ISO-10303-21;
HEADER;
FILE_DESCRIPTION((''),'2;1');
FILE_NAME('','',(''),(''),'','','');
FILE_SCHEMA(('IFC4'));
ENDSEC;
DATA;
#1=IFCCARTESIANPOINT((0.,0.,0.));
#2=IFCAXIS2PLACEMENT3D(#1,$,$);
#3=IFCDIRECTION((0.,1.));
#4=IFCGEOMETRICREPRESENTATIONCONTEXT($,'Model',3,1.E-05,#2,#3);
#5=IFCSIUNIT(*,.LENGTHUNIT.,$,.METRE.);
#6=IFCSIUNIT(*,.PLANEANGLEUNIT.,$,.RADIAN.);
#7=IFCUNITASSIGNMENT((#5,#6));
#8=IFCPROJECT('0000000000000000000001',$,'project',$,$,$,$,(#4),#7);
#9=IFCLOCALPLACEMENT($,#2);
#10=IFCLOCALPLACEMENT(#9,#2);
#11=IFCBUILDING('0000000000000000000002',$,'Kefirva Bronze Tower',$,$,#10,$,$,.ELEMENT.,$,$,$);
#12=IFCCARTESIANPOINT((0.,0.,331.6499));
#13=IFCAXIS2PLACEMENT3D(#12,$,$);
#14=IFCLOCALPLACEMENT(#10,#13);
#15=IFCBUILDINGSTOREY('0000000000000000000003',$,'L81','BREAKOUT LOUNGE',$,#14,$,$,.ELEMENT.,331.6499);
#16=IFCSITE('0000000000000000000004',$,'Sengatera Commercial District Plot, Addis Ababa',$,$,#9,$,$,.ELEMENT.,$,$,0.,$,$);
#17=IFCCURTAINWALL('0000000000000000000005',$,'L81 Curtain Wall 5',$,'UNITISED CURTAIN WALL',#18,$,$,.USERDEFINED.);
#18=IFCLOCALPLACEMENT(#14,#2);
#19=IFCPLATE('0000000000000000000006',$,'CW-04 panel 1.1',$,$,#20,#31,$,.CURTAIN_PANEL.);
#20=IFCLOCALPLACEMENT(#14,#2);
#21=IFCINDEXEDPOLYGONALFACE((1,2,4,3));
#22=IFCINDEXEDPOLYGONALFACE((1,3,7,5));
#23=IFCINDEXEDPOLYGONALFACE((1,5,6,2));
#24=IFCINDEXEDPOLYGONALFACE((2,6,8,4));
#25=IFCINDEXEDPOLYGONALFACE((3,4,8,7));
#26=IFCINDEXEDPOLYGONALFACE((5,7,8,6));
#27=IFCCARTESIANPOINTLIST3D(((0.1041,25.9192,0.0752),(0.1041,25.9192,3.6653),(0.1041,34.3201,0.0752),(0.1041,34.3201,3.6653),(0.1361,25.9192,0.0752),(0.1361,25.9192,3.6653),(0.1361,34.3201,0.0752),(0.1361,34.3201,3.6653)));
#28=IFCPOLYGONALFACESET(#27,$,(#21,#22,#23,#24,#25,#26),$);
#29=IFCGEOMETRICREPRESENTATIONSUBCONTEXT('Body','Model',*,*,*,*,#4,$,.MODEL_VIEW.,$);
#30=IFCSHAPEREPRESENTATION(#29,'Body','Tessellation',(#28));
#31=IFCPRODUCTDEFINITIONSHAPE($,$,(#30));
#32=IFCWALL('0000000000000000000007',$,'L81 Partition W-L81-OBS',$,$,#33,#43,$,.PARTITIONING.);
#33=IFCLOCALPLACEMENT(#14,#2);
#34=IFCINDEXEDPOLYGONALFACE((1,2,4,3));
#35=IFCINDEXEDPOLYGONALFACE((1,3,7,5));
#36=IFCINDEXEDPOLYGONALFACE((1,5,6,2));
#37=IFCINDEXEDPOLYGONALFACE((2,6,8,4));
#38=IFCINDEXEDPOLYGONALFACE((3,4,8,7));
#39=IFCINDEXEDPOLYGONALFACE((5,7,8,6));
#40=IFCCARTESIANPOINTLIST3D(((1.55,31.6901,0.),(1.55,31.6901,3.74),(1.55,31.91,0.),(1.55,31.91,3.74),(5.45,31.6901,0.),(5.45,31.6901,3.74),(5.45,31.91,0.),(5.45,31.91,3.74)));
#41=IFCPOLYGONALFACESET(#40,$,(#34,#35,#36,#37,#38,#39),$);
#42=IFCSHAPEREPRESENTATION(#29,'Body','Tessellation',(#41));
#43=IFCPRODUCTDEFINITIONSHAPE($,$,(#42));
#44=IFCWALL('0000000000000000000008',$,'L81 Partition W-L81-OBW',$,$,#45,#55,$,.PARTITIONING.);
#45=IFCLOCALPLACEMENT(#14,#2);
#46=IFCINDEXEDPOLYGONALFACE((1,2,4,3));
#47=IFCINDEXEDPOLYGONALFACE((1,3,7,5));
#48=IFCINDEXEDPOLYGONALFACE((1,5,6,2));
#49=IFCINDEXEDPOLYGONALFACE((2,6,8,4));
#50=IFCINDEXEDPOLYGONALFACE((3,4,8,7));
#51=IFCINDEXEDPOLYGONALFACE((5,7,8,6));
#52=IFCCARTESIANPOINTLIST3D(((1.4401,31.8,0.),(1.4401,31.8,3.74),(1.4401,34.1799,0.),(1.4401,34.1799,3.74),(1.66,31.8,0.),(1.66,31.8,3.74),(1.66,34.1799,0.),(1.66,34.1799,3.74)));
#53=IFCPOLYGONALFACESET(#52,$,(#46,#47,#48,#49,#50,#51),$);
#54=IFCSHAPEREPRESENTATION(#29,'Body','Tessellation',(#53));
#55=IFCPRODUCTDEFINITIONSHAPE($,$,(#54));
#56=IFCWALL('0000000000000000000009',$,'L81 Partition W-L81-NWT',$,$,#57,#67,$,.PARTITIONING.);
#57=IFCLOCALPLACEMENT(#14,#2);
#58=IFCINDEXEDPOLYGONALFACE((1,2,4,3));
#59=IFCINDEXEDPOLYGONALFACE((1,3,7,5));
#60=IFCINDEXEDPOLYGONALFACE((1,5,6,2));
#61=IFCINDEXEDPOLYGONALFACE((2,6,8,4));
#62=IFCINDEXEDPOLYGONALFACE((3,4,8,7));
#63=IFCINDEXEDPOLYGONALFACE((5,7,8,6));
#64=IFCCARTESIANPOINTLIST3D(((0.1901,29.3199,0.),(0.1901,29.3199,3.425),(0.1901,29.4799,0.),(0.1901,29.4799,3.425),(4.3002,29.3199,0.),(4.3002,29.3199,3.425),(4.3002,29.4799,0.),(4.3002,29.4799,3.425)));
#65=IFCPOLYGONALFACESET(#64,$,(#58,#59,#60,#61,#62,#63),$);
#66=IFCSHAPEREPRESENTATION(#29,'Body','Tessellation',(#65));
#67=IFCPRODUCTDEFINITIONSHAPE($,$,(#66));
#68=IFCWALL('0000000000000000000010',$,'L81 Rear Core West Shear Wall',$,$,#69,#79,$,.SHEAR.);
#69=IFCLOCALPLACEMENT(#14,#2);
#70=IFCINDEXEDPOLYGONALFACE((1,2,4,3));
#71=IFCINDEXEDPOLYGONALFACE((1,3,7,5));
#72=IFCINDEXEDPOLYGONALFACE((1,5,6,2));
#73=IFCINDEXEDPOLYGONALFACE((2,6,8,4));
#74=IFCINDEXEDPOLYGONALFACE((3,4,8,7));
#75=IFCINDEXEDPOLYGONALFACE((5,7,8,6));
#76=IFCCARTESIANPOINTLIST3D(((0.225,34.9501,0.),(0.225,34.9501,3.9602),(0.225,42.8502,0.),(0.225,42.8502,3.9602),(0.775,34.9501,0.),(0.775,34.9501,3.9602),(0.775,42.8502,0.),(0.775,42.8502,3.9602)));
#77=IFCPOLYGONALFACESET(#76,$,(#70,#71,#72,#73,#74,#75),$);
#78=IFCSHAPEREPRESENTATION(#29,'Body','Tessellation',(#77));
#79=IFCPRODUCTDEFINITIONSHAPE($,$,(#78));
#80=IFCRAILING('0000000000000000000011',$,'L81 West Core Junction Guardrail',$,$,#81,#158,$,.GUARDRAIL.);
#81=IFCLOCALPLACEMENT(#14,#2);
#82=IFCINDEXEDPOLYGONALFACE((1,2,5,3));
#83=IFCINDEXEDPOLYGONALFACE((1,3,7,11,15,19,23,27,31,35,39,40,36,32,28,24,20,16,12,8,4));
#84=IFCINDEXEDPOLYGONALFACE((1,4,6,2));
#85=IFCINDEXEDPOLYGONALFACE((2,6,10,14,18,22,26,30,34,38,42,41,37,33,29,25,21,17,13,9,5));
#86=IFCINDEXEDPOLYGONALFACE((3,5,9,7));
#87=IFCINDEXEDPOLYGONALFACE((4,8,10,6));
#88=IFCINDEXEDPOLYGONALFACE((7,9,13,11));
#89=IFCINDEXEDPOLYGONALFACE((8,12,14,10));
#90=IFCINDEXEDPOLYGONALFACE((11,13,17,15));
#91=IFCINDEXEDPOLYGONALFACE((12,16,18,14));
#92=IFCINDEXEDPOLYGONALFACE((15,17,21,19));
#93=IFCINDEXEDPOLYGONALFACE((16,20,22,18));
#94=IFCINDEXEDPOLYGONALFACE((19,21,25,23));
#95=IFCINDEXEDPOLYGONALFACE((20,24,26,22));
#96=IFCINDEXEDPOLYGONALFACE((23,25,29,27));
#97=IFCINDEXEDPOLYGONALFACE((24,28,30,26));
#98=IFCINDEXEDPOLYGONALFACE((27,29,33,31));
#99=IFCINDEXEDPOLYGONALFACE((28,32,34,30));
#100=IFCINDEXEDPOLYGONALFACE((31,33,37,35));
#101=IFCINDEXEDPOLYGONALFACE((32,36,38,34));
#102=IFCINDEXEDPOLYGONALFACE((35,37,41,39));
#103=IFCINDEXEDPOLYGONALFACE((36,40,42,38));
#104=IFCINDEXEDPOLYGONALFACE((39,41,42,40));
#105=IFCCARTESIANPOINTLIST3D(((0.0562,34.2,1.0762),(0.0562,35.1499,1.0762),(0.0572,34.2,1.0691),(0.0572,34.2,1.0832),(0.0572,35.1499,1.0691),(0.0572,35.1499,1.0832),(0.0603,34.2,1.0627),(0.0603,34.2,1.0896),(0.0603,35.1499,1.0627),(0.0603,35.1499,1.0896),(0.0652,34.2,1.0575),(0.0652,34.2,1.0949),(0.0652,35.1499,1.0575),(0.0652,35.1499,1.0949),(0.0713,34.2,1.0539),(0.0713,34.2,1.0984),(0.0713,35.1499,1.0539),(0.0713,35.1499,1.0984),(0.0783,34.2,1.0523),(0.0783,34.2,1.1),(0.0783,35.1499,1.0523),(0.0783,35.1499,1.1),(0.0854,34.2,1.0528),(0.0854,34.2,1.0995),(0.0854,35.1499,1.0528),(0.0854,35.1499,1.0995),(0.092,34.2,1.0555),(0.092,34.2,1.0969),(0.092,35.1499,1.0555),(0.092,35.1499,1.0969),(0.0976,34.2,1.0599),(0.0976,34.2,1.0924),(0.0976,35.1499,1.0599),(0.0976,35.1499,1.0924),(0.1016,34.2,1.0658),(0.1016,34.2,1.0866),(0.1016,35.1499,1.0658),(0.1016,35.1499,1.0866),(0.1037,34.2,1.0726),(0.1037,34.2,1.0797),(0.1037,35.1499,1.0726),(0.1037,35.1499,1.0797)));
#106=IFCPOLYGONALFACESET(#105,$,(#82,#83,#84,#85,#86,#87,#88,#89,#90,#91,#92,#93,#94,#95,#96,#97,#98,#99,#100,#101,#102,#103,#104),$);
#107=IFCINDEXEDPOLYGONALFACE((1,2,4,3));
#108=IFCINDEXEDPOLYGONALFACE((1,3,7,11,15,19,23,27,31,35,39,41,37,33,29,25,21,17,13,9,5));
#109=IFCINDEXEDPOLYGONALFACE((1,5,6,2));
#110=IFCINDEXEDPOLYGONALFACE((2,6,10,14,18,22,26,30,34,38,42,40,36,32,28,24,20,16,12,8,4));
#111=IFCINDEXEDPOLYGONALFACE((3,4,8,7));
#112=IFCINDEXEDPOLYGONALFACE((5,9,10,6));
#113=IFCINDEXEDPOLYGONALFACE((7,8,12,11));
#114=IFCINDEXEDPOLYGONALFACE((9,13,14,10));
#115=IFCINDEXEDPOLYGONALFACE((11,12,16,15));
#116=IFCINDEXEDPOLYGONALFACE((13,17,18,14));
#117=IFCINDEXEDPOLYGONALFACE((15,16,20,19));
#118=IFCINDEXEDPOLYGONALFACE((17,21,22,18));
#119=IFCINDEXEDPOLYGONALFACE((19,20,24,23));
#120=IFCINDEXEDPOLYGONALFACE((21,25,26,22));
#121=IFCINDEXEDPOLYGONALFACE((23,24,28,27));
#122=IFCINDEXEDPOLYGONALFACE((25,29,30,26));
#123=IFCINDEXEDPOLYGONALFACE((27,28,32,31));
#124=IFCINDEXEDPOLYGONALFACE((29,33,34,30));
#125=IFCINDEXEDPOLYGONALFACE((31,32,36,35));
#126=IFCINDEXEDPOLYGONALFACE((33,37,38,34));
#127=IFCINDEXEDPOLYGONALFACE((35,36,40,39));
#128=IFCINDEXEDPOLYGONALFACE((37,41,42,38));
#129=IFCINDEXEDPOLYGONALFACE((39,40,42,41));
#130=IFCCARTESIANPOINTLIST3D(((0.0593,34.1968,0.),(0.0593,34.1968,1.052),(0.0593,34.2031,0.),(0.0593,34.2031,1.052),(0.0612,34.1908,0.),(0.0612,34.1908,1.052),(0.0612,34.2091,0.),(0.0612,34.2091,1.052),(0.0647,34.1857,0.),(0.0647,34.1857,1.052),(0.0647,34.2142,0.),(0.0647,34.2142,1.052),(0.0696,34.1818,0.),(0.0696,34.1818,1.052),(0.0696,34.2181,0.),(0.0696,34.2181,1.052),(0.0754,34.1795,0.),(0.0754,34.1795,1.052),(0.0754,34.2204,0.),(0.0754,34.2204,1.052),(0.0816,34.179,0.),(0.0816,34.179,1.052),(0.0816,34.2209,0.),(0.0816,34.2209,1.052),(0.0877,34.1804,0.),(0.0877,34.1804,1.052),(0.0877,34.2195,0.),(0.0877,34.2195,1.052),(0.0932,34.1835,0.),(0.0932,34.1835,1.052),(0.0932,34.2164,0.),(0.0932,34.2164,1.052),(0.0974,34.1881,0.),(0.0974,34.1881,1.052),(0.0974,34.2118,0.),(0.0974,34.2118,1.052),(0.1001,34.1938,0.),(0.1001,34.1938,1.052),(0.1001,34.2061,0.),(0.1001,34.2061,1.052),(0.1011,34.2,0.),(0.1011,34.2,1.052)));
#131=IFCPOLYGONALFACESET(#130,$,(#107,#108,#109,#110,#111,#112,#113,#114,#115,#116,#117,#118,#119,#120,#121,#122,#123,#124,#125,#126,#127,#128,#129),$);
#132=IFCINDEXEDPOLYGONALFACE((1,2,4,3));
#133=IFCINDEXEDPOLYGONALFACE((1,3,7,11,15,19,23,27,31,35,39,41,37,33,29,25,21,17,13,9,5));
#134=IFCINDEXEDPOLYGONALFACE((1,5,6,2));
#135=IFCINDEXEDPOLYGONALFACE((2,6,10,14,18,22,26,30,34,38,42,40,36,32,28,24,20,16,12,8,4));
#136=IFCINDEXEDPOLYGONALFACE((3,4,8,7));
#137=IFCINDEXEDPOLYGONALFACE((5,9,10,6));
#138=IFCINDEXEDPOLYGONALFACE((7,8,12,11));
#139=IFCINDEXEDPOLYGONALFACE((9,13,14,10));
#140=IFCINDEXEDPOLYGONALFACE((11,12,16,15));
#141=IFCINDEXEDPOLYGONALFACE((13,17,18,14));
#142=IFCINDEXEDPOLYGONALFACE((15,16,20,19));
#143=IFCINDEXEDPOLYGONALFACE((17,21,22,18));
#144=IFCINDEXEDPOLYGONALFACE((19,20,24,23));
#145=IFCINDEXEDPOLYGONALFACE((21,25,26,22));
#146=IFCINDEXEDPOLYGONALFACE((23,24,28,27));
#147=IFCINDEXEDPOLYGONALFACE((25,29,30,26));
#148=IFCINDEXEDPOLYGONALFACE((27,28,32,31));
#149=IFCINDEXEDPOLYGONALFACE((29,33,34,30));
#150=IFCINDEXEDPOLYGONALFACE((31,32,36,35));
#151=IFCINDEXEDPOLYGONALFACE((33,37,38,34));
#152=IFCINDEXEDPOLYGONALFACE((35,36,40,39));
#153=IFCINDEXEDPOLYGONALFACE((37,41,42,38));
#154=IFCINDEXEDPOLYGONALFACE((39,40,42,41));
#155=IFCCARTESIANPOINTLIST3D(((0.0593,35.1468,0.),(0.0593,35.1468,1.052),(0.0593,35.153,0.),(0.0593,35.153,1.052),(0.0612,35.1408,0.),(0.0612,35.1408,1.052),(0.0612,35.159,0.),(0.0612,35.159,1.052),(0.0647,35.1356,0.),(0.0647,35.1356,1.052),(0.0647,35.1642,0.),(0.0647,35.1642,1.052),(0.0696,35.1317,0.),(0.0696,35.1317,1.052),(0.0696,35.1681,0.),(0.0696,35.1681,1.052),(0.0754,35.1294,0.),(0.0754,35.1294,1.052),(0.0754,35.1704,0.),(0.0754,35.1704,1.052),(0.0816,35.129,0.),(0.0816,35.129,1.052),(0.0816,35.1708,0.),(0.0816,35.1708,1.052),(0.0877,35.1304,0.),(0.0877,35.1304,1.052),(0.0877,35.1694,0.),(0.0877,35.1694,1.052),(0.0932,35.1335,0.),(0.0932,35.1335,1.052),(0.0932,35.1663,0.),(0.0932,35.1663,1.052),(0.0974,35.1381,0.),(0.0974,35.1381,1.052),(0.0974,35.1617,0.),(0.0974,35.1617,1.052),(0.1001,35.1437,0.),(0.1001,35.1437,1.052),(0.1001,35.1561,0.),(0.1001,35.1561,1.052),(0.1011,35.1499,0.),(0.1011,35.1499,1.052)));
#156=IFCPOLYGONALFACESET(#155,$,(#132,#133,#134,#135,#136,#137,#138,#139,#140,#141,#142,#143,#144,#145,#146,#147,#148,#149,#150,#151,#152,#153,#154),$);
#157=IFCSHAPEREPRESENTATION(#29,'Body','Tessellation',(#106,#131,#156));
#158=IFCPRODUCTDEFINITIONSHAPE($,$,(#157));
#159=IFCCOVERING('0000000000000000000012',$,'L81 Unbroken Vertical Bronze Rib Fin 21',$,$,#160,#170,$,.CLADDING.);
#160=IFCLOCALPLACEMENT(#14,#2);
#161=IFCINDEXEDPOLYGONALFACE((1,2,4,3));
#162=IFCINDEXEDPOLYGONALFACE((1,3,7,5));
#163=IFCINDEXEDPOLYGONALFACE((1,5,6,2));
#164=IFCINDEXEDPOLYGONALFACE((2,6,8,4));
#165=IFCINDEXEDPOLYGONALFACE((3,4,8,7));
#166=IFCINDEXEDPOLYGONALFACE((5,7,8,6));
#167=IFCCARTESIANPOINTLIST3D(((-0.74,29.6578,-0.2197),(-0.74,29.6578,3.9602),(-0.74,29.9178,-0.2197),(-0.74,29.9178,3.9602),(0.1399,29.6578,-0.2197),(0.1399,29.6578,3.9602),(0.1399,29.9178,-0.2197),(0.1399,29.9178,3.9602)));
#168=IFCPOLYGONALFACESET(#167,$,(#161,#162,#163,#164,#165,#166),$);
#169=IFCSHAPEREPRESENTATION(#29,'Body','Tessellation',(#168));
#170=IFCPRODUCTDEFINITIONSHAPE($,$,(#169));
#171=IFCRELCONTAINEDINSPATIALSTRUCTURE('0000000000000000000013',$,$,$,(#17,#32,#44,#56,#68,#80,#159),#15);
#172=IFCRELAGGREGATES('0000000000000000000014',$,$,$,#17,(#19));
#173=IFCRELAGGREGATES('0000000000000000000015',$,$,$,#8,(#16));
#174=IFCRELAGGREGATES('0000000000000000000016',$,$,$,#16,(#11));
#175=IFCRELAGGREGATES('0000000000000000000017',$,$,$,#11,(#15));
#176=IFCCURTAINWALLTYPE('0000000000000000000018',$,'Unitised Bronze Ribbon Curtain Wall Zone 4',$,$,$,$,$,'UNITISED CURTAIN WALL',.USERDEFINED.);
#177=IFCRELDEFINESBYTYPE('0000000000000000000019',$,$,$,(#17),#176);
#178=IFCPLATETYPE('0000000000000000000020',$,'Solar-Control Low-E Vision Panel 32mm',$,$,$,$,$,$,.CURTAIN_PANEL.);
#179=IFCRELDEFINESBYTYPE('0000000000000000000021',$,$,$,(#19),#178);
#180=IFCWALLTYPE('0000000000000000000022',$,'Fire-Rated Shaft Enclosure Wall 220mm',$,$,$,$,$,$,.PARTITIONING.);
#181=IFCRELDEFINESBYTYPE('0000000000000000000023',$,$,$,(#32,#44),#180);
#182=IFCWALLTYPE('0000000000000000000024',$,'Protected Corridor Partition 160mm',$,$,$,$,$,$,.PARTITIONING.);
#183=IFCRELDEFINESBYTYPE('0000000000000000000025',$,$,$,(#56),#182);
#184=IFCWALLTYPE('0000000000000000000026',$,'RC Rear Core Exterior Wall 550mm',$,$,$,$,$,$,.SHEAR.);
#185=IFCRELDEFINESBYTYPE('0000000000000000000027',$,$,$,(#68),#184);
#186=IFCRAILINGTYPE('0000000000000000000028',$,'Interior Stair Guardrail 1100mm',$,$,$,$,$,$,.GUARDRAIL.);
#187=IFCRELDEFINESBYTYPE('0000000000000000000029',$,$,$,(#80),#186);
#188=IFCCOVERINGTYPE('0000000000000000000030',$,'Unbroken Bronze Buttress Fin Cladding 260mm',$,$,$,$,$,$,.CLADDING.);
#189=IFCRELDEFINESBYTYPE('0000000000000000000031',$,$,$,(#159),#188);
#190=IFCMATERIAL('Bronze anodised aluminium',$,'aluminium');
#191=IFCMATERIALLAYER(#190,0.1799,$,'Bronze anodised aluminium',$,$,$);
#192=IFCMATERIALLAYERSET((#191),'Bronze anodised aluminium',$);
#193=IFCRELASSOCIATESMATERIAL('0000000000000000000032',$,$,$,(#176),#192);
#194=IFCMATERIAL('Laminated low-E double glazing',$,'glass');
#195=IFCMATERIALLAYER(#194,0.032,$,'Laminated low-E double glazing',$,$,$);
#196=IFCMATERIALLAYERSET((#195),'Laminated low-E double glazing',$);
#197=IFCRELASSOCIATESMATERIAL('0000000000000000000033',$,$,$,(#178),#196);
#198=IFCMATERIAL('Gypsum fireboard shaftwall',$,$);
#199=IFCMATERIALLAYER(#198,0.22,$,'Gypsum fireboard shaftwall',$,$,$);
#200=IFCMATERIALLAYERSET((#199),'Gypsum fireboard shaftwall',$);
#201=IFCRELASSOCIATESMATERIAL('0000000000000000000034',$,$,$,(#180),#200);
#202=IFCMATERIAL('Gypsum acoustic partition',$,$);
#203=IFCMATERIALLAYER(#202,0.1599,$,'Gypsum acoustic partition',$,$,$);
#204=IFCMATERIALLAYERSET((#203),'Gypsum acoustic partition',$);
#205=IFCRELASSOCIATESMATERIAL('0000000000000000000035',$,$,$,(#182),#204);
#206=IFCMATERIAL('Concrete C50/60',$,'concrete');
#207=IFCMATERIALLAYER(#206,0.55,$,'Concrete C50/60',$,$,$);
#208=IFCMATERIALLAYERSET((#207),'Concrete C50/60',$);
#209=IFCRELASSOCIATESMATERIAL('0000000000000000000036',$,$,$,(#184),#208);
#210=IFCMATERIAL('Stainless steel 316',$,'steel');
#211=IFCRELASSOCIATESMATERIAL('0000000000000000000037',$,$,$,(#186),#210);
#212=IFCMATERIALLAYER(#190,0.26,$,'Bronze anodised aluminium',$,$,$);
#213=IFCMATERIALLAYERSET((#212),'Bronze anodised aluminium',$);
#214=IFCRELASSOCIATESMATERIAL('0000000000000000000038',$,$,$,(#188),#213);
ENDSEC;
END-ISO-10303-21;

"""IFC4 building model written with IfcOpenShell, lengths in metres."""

from ifc_helpers import new_model, si_unit, direction, frame, frame_2d, origin, origin_2d, place, context, subcontext, project, spatial, rectangle, circle, extrude, material, layer, layer_set, type_object, element, aggregate, save


model = new_model("IFC4")

# Units and contexts
model_context = context("Model", 3, precision=1e-05, world=origin(), true_north=direction((0.0, 1.0)))
body_context = subcontext(model_context, "Body", "Model", "MODEL_VIEW")
ifc_project = project(units=[si_unit("LENGTHUNIT", "METRE"), si_unit("PLANEANGLEUNIT", "RADIAN")], contexts=[model_context])

# Site, building, storey
site_placement = place(None, origin())
site = spatial("IfcSite", under=ifc_project, at=site_placement, Name="Sengatera Commercial District Plot, Addis Ababa", CompositionType="ELEMENT", RefElevation=0.0)
building_placement = place(site_placement, origin())
building = spatial("IfcBuilding", under=site, at=building_placement, Name="Kefirva Bronze Tower", CompositionType="ELEMENT")
storey_placement = place(building_placement, frame((0.0, 0.0, 331.6499)))
storey = spatial("IfcBuildingStorey", under=building, at=storey_placement, Name="L81", Description="BREAKOUT LOUNGE", CompositionType="ELEMENT", Elevation=331.6499)

# Shared definitions
ifc_material_1 = material(Name="Concrete C50/60", Category="concrete")

# Curtain wall
ifc_material_2 = material(Name="Bronze anodised aluminium", Category="aluminium")
ifc_layer_1 = layer(ifc_material_2, 0.1799, Name="Bronze anodised aluminium")
ifc_layer_set_1 = layer_set([ifc_layer_1], Name="Bronze anodised aluminium")
curtain_wall_type = type_object("IfcCurtainWallType", Name="Unitised Bronze Ribbon Curtain Wall Zone 4", ElementType="UNITISED CURTAIN WALL", PredefinedType="USERDEFINED", material=ifc_layer_set_1)
curtain_wall_placement = place(storey_placement, origin())
curtain_wall = element("IfcCurtainWall", 1, at=curtain_wall_placement, inside=storey, type_object=curtain_wall_type, Name="L81 Curtain Wall 5", ObjectType="UNITISED CURTAIN WALL", PredefinedType="USERDEFINED")

# Plate
ifc_material_3 = material(Name="Laminated low-E double glazing", Category="glass")
ifc_layer_2 = layer(ifc_material_3, 0.032, Name="Laminated low-E double glazing")
ifc_layer_set_2 = layer_set([ifc_layer_2], Name="Laminated low-E double glazing")
plate_type = type_object("IfcPlateType", Name="Solar-Control Low-E Vision Panel 32mm", PredefinedType="CURTAIN_PANEL", material=ifc_layer_set_2)
plate_placement = place(storey_placement, frame((0.1201, 30.1196, 0.0752), z_axis=(0.0, 0.0, 1.0), x_axis=(0.0, -1.0, 0.0)))
plate = element("IfcPlate", 2, at=plate_placement, type_object=plate_type, Name="CW-04 panel 1.1", PredefinedType="CURTAIN_PANEL", context=body_context, shape_type="SweptSolid", body=[
    extrude(rectangle(XDim=8.4009, YDim=0.032, at=origin_2d()), origin(), (0.0, 0.0, 1.0), 3.5901),
])
aggregate(curtain_wall, [plate])

# Walls
ifc_material_4 = material(Name="Gypsum fireboard shaftwall")
ifc_layer_3 = layer(ifc_material_4, 0.22, Name="Gypsum fireboard shaftwall")
ifc_layer_set_3 = layer_set([ifc_layer_3], Name="Gypsum fireboard shaftwall")
wall_type_1 = type_object("IfcWallType", Name="Fire-Rated Shaft Enclosure Wall 220mm", PredefinedType="PARTITIONING", material=ifc_layer_set_3)
wall_1_placement = place(storey_placement, frame((1.55, 31.8, 0.0), z_axis=(0.0, 0.0, 1.0), x_axis=(1.0, 0.0, 0.0)))
element("IfcWall", 3, at=wall_1_placement, inside=storey, type_object=wall_type_1, Name="L81 Partition W-L81-OBS", PredefinedType="PARTITIONING", context=body_context, shape_type="SweptSolid", body=[
    extrude(rectangle(XDim=3.8999, YDim=0.22, at=frame_2d((1.95, 0.0))), origin(), (0.0, 0.0, 1.0), 3.74),
])
wall_2_placement = place(storey_placement, frame((1.55, 31.8, 0.0), z_axis=(0.0, 0.0, 1.0), x_axis=(0.0, 1.0, 0.0)))
element("IfcWall", 4, at=wall_2_placement, inside=storey, type_object=wall_type_1, Name="L81 Partition W-L81-OBW", PredefinedType="PARTITIONING", context=body_context, shape_type="SweptSolid", body=[
    extrude(rectangle(XDim=2.3799, YDim=0.22, at=frame_2d((1.1899, 0.0))), origin(), (0.0, 0.0, 1.0), 3.74),
])
ifc_material_5 = material(Name="Gypsum acoustic partition")
ifc_layer_4 = layer(ifc_material_5, 0.1599, Name="Gypsum acoustic partition")
ifc_layer_set_4 = layer_set([ifc_layer_4], Name="Gypsum acoustic partition")
wall_type_2 = type_object("IfcWallType", Name="Protected Corridor Partition 160mm", PredefinedType="PARTITIONING", material=ifc_layer_set_4)
wall_3_placement = place(storey_placement, frame((0.1899, 29.3999, 0.0), z_axis=(0.0, 0.0, 1.0), x_axis=(1.0, 0.0, 0.0)))
element("IfcWall", 5, at=wall_3_placement, inside=storey, type_object=wall_type_2, Name="L81 Partition W-L81-NWT", PredefinedType="PARTITIONING", context=body_context, shape_type="SweptSolid", body=[
    extrude(rectangle(XDim=4.1101, YDim=0.1599, at=frame_2d((2.0552, 0.0))), origin(), (0.0, 0.0, 1.0), 3.425),
])
ifc_layer_5 = layer(ifc_material_1, 0.55, Name="Concrete C50/60")
ifc_layer_set_5 = layer_set([ifc_layer_5], Name="Concrete C50/60")
wall_type_3 = type_object("IfcWallType", Name="RC Rear Core Exterior Wall 550mm", PredefinedType="SHEAR", material=ifc_layer_set_5)
wall_4_placement = place(storey_placement, frame((0.5, 34.95, 0.0), z_axis=(0.0, 0.0, 1.0), x_axis=(0.0, 1.0, 0.0)))
element("IfcWall", 6, at=wall_4_placement, inside=storey, type_object=wall_type_3, Name="L81 Rear Core West Shear Wall", PredefinedType="SHEAR", context=body_context, shape_type="SweptSolid", body=[
    extrude(rectangle(XDim=7.9001, YDim=0.55, at=frame_2d((3.9502, 0.0))), origin(), (0.0, 0.0, 1.0), 3.9602),
])

# Railing
ifc_material_6 = material(Name="Stainless steel 316", Category="steel")
railing_type = type_object("IfcRailingType", Name="Interior Stair Guardrail 1100mm", PredefinedType="GUARDRAIL", material=ifc_material_6)
railing_placement = place(storey_placement, frame((0.0801, 34.2, 0.0)))
element("IfcRailing", 7, at=railing_placement, inside=storey, type_object=railing_type, Name="L81 West Core Junction Guardrail", PredefinedType="GUARDRAIL", context=body_context, shape_type="SweptSolid", body=[
    extrude(circle(Radius=0.0239, at=origin_2d()), frame((0.0, 0.0, 1.0762), z_axis=(0.0, 1.0, 0.0), x_axis=(-1.0, 0.0, 0.0)), (0.0, 0.0, 1.0), 0.95),
    extrude(circle(Radius=0.021, at=origin_2d()), origin(), (0.0, 0.0, 1.0), 1.052),
    extrude(circle(Radius=0.021, at=origin_2d()), frame((0.0, 0.95, 0.0)), (0.0, 0.0, 1.0), 1.052),
])

# Covering
ifc_layer_6 = layer(ifc_material_2, 0.26, Name="Bronze anodised aluminium")
ifc_layer_set_6 = layer_set([ifc_layer_6], Name="Bronze anodised aluminium")
covering_type = type_object("IfcCoveringType", Name="Unbroken Bronze Buttress Fin Cladding 260mm", PredefinedType="CLADDING", material=ifc_layer_set_6)
covering_placement = place(storey_placement, frame((-0.3, 29.7878, -0.2197), z_axis=(0.0, 0.0, 1.0), x_axis=(0.0, -1.0, 0.0)))
element("IfcCovering", 8, at=covering_placement, inside=storey, type_object=covering_type, Name="L81 Unbroken Vertical Bronze Rib Fin 21", PredefinedType="CLADDING", context=body_context, shape_type="SweptSolid", body=[
    extrude(rectangle(XDim=0.26, YDim=0.8799, at=origin_2d()), origin(), (0.0, 0.0, 1.0), 4.1799),
])

save(model, "model.ifc")
